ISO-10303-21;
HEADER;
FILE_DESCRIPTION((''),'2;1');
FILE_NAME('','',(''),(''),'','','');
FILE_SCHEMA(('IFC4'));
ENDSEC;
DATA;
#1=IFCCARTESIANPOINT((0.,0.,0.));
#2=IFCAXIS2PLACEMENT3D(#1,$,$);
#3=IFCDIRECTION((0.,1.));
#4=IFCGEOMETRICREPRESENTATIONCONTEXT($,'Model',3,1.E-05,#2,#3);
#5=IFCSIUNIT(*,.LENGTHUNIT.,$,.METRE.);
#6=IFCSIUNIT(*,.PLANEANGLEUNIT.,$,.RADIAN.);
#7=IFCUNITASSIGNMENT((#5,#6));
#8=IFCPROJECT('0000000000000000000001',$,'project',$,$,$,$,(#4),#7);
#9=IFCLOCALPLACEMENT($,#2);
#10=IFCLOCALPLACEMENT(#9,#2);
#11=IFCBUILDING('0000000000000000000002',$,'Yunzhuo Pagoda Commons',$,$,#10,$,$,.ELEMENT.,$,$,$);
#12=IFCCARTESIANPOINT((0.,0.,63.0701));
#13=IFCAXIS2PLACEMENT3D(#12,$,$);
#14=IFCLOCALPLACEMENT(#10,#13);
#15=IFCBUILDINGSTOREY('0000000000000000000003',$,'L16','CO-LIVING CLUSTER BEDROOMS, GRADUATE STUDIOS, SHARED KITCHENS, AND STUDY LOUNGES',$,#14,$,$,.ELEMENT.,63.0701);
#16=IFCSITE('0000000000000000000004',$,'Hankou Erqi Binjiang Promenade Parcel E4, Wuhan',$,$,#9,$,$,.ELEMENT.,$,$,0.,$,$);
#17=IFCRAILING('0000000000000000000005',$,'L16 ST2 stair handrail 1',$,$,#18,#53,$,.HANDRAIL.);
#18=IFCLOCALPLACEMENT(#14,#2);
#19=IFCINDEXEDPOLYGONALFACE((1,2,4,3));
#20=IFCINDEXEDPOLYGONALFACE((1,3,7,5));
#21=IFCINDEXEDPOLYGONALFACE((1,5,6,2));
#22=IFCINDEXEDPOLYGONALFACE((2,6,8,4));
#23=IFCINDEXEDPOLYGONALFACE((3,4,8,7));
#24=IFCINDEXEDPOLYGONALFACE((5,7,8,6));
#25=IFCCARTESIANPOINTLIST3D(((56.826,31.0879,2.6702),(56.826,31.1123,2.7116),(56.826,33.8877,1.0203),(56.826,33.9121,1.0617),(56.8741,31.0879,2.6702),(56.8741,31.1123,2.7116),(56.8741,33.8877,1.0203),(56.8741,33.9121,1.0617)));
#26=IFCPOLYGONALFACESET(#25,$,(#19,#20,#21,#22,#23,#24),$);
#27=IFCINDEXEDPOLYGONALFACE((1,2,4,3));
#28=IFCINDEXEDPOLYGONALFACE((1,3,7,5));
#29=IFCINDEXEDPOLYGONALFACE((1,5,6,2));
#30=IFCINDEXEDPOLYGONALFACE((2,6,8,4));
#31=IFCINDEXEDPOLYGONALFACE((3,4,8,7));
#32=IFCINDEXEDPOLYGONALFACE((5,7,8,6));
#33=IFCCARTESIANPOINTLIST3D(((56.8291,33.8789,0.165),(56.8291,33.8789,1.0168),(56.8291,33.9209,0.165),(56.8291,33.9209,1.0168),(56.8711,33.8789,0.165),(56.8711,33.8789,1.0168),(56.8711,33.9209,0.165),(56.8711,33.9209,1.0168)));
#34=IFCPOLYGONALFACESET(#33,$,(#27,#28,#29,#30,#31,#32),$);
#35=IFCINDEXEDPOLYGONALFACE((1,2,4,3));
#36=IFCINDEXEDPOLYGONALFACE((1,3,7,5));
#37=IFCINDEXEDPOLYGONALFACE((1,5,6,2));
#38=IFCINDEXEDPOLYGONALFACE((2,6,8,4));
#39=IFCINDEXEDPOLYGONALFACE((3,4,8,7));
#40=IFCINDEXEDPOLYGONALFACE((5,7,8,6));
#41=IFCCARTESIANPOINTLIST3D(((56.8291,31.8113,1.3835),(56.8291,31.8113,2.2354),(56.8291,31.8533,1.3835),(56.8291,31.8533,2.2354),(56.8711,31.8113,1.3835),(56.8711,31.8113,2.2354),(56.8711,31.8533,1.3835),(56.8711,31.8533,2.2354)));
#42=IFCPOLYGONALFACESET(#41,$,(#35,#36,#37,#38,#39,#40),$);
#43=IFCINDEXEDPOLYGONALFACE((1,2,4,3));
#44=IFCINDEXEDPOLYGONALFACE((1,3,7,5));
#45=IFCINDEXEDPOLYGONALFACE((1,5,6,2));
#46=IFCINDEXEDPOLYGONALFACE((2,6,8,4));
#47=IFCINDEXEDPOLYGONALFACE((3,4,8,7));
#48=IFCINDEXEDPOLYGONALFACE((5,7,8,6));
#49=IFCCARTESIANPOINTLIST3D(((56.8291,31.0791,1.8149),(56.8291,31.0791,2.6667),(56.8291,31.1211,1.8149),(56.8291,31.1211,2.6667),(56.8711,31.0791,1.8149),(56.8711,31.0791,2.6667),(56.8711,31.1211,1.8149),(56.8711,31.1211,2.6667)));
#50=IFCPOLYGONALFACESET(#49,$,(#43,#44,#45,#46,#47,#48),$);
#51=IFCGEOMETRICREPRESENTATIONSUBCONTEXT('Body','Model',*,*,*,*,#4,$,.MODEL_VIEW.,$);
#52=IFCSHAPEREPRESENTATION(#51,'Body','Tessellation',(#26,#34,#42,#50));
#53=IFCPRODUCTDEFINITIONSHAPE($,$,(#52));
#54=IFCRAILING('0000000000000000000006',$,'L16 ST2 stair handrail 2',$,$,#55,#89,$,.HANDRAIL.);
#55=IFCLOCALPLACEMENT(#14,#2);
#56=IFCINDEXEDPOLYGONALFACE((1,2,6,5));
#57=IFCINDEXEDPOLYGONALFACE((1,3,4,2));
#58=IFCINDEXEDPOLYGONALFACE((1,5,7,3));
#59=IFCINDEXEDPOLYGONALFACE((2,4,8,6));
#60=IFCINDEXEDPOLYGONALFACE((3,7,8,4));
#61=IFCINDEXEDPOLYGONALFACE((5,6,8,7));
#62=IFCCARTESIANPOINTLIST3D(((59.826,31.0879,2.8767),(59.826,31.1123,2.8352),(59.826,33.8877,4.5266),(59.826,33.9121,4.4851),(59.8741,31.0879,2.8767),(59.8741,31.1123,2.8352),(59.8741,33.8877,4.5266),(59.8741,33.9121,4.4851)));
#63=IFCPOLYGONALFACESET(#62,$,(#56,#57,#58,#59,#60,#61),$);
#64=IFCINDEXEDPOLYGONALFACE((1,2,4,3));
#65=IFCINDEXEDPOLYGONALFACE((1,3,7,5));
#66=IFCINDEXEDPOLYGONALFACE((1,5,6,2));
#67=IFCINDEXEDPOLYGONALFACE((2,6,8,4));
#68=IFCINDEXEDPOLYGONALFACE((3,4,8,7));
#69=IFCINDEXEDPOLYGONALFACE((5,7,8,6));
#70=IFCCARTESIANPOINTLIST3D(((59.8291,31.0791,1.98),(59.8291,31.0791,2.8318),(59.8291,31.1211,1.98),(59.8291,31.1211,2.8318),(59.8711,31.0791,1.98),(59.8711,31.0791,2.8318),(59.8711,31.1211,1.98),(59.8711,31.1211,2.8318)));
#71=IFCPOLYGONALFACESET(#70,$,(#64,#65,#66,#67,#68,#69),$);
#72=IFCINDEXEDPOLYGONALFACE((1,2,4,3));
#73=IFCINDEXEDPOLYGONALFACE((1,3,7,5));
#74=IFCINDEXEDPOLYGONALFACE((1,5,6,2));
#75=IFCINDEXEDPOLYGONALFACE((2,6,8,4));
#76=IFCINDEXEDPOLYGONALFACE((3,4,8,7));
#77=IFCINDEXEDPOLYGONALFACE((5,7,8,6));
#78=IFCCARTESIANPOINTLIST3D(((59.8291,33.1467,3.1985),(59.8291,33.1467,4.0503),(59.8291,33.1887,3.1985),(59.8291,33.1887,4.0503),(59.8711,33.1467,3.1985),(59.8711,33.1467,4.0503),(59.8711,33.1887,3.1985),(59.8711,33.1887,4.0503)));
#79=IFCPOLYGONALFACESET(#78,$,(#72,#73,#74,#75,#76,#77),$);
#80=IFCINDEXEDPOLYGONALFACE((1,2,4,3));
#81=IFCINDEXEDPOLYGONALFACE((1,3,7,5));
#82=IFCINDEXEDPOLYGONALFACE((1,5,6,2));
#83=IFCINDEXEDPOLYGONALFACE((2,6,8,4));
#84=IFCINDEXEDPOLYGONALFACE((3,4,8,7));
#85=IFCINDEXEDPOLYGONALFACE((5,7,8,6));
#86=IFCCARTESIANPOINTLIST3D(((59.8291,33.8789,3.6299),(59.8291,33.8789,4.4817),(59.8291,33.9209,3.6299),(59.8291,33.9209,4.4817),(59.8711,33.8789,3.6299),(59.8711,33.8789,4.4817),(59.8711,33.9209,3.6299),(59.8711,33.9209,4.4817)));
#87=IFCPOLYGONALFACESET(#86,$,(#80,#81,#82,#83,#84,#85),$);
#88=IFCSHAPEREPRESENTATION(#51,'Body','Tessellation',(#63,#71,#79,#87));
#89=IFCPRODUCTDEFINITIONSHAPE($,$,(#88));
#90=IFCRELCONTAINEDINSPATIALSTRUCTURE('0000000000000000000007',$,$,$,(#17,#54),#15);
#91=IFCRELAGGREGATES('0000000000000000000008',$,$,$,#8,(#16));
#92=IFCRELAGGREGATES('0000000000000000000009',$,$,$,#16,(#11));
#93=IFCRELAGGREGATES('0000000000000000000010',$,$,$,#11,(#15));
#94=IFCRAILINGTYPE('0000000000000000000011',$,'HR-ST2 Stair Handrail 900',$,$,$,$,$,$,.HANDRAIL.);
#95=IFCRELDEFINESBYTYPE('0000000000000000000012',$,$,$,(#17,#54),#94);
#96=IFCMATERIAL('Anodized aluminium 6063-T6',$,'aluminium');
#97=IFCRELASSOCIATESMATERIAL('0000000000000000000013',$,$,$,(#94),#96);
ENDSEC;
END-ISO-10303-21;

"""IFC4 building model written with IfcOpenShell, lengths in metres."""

from ifc_helpers import new_model, si_unit, direction, frame, origin, origin_2d, place, context, subcontext, project, spatial, rectangle, extrude, material, type_object, element, save


model = new_model("IFC4")

# Units and contexts
model_context = context("Model", 3, precision=1e-05, world=origin(), true_north=direction((0.0, 1.0)))
body_context = subcontext(model_context, "Body", "Model", "MODEL_VIEW")
ifc_project = project(units=[si_unit("LENGTHUNIT", "METRE"), si_unit("PLANEANGLEUNIT", "RADIAN")], contexts=[model_context])

# Site, building, storey
site_placement = place(None, origin())
site = spatial("IfcSite", under=ifc_project, at=site_placement, Name="Hankou Erqi Binjiang Promenade Parcel E4, Wuhan", CompositionType="ELEMENT", RefElevation=0.0)
building_placement = place(site_placement, origin())
building = spatial("IfcBuilding", under=site, at=building_placement, Name="Yunzhuo Pagoda Commons", CompositionType="ELEMENT")
storey_placement = place(building_placement, frame((0.0, 0.0, 63.0701)))
storey = spatial("IfcBuildingStorey", under=building, at=storey_placement, Name="L16", Description="CO-LIVING CLUSTER BEDROOMS, GRADUATE STUDIOS, SHARED KITCHENS, AND STUDY LOUNGES", CompositionType="ELEMENT", Elevation=63.0701)

# Railings
ifc_material_1 = material(Name="Anodized aluminium 6063-T6", Category="aluminium")
railing_type_1 = type_object("IfcRailingType", Name="HR-ST2 Stair Handrail 900", PredefinedType="HANDRAIL", material=ifc_material_1)
railing_1_placement = place(storey_placement, frame((56.8501, 33.8999, 0.165)))
element("IfcRailing", 1, at=railing_1_placement, inside=storey, type_object=railing_type_1, Name="L16 ST2 stair handrail 1", PredefinedType="HANDRAIL", context=body_context, shape_type="SweptSolid", body=[
    extrude(rectangle(XDim=0.0481, YDim=0.0481, at=origin_2d()), frame((0.0, 0.0, 0.876), z_axis=(0.0, -0.861536, 0.507696), x_axis=(1.0, 0.0, 0.0)), (0.0, 0.0, 1.0), 3.2498),
    extrude(rectangle(XDim=0.042, YDim=0.042, at=origin_2d()), origin(), (0.0, 0.0, 1.0), 0.8518),
    extrude(rectangle(XDim=0.042, YDim=0.042, at=origin_2d()), frame((0.0, -2.0676, 1.2185)), (0.0, 0.0, 1.0), 0.8518),
    extrude(rectangle(XDim=0.042, YDim=0.042, at=origin_2d()), frame((0.0, -2.7998, 1.6499)), (0.0, 0.0, 1.0), 0.8518),
])
railing_2_placement = place(storey_placement, frame((59.8501, 31.1001, 1.98)))
element("IfcRailing", 2, at=railing_2_placement, inside=storey, type_object=railing_type_1, Name="L16 ST2 stair handrail 2", PredefinedType="HANDRAIL", context=body_context, shape_type="SweptSolid", body=[
    extrude(rectangle(XDim=0.0481, YDim=0.0481, at=origin_2d()), frame((0.0, 0.0, 0.876), z_axis=(0.0, 0.861536, 0.507696), x_axis=(-1.0, 0.0, 0.0)), (0.0, 0.0, 1.0), 3.2498),
    extrude(rectangle(XDim=0.042, YDim=0.042, at=origin_2d()), origin(), (0.0, 0.0, 1.0), 0.8518),
    extrude(rectangle(XDim=0.042, YDim=0.042, at=origin_2d()), frame((0.0, 2.0676, 1.2185)), (0.0, 0.0, 1.0), 0.8518),
    extrude(rectangle(XDim=0.042, YDim=0.042, at=origin_2d()), frame((0.0, 2.7998, 1.6499)), (0.0, 0.0, 1.0), 0.8518),
])

save(model, "model.ifc")
